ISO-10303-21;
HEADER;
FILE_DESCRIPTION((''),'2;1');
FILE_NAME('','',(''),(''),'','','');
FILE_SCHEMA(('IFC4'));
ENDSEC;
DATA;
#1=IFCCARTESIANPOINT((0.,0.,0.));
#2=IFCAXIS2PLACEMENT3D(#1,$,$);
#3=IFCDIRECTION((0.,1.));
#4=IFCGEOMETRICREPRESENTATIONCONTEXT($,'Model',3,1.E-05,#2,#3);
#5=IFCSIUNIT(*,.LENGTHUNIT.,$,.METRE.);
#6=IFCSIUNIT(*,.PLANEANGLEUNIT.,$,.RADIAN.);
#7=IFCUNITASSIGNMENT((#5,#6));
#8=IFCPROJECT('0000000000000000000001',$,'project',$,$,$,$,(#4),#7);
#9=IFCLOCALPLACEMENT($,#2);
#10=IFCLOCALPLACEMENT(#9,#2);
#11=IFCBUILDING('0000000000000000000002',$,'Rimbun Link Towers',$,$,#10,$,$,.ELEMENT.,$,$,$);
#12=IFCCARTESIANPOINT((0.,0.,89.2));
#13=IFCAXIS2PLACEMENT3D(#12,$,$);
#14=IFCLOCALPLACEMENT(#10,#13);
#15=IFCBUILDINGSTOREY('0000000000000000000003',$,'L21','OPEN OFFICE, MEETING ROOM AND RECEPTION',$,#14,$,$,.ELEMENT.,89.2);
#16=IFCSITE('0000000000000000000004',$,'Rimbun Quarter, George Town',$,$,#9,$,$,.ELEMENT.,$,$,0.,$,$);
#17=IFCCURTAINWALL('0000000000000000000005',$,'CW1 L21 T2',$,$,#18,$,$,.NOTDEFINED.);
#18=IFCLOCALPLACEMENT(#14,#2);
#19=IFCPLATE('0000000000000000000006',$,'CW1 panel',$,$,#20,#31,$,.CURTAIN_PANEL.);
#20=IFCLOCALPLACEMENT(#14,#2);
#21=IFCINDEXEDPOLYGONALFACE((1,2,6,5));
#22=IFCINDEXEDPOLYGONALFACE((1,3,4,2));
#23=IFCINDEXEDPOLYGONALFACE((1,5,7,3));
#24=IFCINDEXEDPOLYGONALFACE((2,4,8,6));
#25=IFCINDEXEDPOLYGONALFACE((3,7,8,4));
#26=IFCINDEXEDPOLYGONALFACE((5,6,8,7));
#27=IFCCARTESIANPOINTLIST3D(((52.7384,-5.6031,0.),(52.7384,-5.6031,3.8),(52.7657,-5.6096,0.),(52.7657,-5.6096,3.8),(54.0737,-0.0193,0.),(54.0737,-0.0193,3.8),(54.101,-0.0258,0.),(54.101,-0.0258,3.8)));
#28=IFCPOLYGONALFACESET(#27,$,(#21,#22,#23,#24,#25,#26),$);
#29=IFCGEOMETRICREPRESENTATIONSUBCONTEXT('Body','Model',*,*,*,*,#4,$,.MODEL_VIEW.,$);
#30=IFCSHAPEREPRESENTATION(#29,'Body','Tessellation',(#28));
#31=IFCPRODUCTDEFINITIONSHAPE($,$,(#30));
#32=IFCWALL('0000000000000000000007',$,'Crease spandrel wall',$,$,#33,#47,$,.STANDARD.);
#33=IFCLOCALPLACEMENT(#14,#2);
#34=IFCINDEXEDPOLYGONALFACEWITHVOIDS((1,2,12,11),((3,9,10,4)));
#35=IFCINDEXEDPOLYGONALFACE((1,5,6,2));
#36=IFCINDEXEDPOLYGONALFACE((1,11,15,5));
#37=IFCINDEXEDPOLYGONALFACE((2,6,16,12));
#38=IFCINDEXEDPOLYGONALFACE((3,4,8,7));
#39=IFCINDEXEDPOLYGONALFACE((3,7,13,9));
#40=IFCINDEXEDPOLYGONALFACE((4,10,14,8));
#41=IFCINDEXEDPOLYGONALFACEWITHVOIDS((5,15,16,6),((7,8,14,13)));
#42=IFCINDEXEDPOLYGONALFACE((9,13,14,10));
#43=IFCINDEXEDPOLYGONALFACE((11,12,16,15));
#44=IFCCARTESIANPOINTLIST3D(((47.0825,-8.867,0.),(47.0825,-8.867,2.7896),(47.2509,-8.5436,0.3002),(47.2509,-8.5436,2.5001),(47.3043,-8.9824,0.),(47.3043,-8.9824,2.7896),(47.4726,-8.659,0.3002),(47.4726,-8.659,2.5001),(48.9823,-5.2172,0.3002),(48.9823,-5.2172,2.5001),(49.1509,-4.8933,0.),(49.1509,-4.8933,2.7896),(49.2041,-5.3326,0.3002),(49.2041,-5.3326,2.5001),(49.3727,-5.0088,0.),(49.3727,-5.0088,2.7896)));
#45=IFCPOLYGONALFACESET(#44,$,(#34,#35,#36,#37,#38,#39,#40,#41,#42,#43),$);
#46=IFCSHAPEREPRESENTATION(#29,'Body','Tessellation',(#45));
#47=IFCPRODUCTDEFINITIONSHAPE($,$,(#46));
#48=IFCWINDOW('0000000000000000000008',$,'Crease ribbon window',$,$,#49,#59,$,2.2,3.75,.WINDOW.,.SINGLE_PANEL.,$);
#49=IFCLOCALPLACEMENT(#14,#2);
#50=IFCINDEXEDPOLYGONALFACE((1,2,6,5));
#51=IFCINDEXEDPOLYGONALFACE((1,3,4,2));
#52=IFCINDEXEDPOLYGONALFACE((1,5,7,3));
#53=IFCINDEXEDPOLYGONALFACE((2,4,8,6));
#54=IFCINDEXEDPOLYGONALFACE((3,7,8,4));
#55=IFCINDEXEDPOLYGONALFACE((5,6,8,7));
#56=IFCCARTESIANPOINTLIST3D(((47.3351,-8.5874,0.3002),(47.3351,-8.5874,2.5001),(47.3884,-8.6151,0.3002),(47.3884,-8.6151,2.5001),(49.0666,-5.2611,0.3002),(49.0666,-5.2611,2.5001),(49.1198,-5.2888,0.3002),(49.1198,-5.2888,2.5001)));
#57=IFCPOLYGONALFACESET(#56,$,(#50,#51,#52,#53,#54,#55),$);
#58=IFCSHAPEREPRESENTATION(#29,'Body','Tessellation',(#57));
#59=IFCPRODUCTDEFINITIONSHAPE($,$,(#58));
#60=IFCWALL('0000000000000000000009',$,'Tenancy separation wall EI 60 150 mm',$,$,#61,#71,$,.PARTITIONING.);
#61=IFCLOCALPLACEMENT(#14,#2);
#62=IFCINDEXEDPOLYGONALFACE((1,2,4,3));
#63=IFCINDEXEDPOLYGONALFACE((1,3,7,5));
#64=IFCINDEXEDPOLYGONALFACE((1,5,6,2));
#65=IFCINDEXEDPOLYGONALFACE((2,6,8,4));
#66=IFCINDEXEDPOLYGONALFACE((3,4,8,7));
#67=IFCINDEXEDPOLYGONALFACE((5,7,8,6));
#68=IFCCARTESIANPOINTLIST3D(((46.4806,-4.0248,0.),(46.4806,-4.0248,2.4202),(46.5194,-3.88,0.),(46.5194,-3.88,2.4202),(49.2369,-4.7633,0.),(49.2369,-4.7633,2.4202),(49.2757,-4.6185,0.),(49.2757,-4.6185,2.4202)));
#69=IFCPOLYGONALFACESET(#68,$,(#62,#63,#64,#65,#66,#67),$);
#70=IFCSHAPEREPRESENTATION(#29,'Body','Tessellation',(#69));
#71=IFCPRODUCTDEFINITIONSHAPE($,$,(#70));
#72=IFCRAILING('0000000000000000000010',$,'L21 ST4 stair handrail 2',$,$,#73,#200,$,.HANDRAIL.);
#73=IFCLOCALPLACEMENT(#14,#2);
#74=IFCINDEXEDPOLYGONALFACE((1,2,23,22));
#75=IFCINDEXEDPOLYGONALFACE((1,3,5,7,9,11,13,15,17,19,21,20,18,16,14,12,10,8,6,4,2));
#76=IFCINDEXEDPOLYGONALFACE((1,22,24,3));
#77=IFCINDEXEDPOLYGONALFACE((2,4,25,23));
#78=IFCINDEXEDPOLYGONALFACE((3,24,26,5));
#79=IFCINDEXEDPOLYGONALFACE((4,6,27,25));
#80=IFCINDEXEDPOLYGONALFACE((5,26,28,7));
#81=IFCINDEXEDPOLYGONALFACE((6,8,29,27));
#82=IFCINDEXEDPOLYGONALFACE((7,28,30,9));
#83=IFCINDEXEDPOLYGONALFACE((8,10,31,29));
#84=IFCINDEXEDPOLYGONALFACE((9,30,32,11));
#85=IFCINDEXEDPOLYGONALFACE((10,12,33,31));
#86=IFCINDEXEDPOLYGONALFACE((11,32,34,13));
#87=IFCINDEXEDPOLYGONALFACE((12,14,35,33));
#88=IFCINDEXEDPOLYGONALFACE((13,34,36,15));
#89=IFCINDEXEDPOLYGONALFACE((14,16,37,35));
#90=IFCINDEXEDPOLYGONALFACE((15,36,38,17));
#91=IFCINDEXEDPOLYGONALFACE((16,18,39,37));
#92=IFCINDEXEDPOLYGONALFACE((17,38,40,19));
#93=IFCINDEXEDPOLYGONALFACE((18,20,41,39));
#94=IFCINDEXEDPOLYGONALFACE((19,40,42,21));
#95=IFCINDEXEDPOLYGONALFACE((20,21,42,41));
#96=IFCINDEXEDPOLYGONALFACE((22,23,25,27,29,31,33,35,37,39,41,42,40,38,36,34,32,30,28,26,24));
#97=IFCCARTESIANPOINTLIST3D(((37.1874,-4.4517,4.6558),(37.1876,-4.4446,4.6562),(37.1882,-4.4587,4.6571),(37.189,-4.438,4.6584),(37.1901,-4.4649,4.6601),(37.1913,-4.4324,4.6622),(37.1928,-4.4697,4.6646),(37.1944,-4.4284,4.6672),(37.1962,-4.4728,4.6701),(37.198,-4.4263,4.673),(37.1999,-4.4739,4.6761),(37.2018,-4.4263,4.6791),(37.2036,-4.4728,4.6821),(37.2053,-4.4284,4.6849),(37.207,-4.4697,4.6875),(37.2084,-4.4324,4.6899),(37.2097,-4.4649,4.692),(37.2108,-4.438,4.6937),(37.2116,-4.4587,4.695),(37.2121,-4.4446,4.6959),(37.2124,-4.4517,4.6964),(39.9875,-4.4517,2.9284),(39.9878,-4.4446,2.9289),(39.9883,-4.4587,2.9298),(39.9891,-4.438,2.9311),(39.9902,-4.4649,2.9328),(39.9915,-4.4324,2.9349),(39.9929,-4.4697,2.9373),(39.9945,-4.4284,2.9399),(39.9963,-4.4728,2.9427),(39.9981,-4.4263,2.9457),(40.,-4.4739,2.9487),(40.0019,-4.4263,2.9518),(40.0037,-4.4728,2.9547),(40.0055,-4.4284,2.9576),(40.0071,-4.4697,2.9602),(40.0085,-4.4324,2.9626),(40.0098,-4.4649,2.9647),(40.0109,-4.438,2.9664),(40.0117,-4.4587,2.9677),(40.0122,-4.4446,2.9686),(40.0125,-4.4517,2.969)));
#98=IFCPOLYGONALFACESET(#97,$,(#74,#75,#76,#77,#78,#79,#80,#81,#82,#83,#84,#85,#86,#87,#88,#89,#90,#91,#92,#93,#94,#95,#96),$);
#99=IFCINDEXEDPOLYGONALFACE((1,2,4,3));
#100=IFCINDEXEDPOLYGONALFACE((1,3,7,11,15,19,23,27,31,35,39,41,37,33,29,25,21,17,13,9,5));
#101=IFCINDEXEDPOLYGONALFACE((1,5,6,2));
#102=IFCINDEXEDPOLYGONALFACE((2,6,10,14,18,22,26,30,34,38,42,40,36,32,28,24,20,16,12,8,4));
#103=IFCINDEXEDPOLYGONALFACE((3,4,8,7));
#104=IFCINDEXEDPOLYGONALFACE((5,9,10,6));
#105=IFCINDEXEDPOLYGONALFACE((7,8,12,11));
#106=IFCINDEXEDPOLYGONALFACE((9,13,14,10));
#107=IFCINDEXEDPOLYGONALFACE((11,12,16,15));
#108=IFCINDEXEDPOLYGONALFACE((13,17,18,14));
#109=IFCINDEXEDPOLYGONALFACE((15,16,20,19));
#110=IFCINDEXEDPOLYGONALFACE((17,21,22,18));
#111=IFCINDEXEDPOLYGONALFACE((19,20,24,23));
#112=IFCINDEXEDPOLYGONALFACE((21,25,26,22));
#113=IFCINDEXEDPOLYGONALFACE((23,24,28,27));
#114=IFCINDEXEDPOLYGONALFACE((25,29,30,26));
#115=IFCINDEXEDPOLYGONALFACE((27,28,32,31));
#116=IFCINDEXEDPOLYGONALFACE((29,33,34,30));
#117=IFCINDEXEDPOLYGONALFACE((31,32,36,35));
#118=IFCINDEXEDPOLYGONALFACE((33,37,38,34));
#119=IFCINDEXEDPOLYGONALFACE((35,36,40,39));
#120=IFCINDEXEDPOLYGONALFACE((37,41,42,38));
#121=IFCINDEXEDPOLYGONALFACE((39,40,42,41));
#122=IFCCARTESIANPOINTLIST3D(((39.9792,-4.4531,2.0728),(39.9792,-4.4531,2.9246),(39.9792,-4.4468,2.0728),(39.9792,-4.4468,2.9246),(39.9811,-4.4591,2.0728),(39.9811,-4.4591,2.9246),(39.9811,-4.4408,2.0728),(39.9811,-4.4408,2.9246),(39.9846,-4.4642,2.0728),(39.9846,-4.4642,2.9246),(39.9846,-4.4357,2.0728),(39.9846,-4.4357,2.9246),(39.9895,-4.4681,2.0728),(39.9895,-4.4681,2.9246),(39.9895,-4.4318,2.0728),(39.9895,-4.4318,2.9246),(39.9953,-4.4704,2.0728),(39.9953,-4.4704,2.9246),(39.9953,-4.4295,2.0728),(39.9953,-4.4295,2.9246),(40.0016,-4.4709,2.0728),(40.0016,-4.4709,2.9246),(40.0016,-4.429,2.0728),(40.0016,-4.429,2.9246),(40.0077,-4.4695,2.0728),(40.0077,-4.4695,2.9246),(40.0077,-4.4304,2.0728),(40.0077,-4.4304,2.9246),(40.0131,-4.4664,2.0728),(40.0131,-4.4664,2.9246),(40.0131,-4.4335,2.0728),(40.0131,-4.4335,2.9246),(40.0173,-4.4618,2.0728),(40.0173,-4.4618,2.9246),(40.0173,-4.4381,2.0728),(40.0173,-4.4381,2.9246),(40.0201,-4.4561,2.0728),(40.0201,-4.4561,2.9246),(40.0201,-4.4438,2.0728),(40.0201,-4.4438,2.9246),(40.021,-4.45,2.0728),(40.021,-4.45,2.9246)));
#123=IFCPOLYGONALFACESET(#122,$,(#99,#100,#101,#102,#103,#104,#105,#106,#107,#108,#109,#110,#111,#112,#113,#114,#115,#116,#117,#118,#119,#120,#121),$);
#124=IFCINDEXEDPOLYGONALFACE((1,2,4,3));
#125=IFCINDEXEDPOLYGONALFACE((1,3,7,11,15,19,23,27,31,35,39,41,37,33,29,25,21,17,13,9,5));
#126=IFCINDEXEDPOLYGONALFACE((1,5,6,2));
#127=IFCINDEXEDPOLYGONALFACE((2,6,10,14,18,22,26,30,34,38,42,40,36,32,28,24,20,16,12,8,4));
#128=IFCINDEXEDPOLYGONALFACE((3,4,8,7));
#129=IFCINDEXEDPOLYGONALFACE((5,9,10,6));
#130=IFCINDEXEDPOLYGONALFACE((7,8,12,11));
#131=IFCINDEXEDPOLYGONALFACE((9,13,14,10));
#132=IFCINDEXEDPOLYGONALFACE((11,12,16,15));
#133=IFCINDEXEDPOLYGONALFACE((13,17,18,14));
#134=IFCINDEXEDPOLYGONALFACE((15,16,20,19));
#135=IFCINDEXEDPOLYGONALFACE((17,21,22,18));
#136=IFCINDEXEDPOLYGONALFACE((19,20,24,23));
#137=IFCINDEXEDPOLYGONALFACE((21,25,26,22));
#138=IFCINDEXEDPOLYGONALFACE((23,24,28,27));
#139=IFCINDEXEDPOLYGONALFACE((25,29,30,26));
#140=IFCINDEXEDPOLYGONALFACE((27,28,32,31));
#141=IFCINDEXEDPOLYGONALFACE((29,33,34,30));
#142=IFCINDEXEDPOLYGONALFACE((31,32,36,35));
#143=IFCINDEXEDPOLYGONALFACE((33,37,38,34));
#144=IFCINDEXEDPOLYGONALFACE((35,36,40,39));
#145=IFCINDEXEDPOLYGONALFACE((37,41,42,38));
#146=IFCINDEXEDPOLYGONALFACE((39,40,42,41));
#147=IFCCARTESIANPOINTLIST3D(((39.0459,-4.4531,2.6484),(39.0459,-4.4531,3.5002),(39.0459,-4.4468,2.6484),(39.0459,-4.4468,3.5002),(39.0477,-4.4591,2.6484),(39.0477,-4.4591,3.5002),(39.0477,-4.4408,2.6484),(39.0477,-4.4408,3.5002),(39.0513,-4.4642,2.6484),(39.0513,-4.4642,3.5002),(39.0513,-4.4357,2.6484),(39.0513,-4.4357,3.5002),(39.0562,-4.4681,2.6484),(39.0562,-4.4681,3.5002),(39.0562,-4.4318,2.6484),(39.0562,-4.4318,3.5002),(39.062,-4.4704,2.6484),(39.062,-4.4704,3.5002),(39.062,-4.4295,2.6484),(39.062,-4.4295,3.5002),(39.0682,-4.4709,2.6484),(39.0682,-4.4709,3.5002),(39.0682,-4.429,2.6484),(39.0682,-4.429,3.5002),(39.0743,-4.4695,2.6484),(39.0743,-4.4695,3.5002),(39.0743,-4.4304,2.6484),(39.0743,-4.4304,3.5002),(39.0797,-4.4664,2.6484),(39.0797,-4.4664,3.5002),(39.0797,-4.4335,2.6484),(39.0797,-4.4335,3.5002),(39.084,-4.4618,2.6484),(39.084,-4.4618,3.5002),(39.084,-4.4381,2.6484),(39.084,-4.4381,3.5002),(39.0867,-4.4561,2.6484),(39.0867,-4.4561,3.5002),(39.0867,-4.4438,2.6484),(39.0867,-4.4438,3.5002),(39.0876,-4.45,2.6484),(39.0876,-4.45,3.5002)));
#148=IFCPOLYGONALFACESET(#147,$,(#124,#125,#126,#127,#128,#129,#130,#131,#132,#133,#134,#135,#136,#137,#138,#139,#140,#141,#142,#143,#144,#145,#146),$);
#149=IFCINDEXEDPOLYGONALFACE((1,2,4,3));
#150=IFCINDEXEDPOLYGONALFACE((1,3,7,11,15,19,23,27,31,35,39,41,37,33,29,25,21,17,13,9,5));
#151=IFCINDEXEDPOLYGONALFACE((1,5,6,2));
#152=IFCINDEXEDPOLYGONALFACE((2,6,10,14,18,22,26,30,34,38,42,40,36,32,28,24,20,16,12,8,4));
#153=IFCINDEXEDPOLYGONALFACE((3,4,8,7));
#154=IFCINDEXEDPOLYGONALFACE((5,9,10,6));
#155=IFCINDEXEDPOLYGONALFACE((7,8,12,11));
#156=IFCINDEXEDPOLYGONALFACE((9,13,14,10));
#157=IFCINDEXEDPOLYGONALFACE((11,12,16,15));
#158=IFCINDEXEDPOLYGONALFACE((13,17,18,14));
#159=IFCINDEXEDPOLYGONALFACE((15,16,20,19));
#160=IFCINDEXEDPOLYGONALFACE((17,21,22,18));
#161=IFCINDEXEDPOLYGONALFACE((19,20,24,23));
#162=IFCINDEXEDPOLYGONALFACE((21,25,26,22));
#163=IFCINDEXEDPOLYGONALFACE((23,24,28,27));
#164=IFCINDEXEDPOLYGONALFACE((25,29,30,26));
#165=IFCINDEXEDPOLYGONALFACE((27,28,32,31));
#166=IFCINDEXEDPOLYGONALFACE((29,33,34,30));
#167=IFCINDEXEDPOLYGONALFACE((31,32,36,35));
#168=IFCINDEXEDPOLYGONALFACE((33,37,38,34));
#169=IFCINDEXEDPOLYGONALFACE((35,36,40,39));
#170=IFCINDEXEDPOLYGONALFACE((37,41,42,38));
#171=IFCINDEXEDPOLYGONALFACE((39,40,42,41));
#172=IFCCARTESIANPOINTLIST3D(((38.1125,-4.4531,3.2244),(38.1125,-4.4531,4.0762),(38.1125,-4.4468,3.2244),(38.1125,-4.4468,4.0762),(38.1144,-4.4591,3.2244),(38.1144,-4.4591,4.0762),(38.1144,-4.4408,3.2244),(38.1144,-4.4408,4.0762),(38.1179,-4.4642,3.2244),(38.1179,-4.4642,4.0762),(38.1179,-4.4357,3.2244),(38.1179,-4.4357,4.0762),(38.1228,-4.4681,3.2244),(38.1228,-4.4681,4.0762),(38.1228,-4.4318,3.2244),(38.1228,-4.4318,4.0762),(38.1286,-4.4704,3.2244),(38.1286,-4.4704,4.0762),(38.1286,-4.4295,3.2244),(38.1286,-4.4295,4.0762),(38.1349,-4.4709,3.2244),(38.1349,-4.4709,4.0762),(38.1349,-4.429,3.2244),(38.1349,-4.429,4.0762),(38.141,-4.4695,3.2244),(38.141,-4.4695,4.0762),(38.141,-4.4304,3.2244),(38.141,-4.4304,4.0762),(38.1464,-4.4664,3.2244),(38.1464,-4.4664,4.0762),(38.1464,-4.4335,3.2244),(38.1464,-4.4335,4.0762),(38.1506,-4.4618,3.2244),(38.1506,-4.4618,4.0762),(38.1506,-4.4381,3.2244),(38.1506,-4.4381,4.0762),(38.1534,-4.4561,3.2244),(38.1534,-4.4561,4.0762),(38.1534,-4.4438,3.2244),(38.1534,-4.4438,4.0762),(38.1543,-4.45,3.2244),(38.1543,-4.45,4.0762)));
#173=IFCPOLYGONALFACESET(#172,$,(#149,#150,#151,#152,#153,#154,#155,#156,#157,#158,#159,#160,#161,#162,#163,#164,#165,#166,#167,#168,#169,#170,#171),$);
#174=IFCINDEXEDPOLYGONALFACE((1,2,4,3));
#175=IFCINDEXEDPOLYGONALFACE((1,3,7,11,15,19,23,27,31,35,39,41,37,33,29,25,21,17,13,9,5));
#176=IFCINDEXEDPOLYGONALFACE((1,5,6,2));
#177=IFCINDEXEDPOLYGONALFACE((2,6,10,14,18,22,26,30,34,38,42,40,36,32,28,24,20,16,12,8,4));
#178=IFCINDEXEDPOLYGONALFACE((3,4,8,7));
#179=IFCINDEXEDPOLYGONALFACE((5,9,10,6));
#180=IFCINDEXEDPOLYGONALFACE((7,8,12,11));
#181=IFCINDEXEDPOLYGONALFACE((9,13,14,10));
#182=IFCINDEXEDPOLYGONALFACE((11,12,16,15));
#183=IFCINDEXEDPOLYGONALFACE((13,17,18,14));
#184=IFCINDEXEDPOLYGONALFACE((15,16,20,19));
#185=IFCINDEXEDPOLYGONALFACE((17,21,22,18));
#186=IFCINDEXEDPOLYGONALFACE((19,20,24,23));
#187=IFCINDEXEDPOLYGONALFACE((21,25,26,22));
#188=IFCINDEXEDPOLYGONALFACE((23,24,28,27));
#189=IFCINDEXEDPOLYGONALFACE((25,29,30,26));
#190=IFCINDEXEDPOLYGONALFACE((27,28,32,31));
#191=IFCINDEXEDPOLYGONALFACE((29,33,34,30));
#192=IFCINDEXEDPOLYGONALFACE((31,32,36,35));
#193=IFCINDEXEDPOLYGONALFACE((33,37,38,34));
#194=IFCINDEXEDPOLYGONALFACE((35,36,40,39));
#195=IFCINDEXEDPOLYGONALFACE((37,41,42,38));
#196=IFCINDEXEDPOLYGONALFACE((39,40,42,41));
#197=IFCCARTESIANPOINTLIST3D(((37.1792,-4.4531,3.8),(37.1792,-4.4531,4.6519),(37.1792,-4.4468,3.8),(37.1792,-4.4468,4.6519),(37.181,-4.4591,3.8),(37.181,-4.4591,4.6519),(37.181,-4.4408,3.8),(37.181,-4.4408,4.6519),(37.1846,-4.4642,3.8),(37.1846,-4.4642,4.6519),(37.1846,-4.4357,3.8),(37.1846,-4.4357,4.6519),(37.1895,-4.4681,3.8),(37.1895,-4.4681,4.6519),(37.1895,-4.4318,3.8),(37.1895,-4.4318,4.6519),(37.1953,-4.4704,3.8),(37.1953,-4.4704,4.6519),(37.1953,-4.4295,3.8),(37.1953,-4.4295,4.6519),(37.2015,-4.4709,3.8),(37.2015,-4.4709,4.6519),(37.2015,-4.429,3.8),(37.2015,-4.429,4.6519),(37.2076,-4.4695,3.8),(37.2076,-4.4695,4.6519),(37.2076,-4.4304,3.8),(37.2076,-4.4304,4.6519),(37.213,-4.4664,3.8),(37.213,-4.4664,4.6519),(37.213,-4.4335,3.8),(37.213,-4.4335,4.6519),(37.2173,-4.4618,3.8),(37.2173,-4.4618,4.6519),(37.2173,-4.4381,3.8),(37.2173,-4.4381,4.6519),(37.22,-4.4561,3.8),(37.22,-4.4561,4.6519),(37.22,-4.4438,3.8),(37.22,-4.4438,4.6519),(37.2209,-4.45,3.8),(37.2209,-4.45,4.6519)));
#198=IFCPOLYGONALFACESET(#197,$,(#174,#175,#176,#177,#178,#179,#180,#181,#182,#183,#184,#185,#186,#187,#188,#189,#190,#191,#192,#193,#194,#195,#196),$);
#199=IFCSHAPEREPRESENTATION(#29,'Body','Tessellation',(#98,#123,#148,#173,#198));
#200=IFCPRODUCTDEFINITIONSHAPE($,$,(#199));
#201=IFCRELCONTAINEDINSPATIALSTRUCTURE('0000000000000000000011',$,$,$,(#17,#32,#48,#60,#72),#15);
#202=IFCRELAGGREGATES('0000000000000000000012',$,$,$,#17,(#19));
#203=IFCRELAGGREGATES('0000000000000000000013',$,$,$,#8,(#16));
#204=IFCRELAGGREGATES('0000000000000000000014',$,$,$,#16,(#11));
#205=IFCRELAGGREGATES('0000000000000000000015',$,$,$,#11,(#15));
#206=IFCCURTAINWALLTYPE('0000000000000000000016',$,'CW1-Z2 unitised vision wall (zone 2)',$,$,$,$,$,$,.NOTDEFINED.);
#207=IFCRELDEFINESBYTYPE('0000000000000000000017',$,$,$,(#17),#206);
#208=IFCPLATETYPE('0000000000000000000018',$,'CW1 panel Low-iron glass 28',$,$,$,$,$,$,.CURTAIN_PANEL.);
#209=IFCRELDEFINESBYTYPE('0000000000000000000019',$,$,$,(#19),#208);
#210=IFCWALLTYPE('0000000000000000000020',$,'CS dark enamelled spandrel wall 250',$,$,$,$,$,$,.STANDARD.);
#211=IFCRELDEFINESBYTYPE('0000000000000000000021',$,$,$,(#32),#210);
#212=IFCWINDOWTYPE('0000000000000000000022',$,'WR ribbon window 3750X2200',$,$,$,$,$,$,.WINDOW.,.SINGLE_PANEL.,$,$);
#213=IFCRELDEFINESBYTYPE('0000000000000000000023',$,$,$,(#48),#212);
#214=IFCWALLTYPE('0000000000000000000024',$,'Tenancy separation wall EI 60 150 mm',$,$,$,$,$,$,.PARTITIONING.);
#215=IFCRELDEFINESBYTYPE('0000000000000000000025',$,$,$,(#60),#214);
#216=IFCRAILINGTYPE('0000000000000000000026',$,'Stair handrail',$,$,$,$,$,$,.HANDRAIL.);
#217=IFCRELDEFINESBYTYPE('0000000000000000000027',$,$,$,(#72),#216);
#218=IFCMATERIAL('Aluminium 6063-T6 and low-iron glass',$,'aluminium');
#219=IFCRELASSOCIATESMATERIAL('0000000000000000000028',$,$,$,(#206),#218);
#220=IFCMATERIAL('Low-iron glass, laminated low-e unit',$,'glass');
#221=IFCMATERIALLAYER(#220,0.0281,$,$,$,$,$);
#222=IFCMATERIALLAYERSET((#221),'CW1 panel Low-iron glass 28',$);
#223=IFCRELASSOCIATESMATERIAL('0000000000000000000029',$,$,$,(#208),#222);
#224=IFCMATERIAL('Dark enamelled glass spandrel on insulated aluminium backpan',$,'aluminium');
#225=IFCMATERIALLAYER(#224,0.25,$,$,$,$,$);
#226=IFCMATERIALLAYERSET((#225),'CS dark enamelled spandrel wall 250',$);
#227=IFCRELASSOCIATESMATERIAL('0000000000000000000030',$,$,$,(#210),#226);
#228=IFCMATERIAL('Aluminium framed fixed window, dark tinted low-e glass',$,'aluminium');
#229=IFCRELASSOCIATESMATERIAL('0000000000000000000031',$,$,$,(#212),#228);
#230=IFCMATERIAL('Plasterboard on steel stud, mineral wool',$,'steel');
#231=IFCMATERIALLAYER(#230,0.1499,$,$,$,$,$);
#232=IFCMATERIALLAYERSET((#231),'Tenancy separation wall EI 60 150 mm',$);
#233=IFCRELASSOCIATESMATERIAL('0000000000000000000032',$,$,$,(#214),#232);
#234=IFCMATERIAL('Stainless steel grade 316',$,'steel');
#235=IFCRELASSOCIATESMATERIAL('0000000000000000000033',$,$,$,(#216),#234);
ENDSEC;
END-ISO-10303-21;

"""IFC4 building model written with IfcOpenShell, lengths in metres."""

from ifc_helpers import new_model, si_unit, direction, frame, frame_2d, origin, origin_2d, place, context, subcontext, project, spatial, rectangle, circle, extrude, material, layer, layer_set, type_object, element, fill, aggregate, save


model = new_model("IFC4")

# Units and contexts
model_context = context("Model", 3, precision=1e-05, world=origin(), true_north=direction((0.0, 1.0)))
body_context = subcontext(model_context, "Body", "Model", "MODEL_VIEW")
ifc_project = project(units=[si_unit("LENGTHUNIT", "METRE"), si_unit("PLANEANGLEUNIT", "RADIAN")], contexts=[model_context])

# Site, building, storey
site_placement = place(None, origin())
site = spatial("IfcSite", under=ifc_project, at=site_placement, Name="Rimbun Quarter, George Town", CompositionType="ELEMENT", RefElevation=0.0)
building_placement = place(site_placement, origin())
building = spatial("IfcBuilding", under=site, at=building_placement, Name="Rimbun Link Towers", CompositionType="ELEMENT")
storey_placement = place(building_placement, frame((0.0, 0.0, 89.2)))
storey = spatial("IfcBuildingStorey", under=building, at=storey_placement, Name="L21", Description="OPEN OFFICE, MEETING ROOM AND RECEPTION", CompositionType="ELEMENT", Elevation=89.2)

# Curtain wall
ifc_material_1 = material(Name="Aluminium 6063-T6 and low-iron glass", Category="aluminium")
curtain_wall_type = type_object("IfcCurtainWallType", Name="CW1-Z2 unitised vision wall (zone 2)", PredefinedType="NOTDEFINED", material=ifc_material_1)
curtain_wall_placement = place(storey_placement, origin())
curtain_wall = element("IfcCurtainWall", 1, at=curtain_wall_placement, inside=storey, type_object=curtain_wall_type, Name="CW1 L21 T2", PredefinedType="NOTDEFINED")

# Plate
ifc_material_2 = material(Name="Low-iron glass, laminated low-e unit", Category="glass")
ifc_layer_1 = layer(ifc_material_2, 0.0281)
ifc_layer_set_1 = layer_set([ifc_layer_1], Name="CW1 panel Low-iron glass 28")
plate_type = type_object("IfcPlateType", Name="CW1 panel Low-iron glass 28", PredefinedType="CURTAIN_PANEL", material=ifc_layer_set_1)
plate_placement = place(storey_placement, frame((53.4197, -2.8145, 0.0), z_axis=(0.0, 0.0, 1.0), x_axis=(-0.232584, -0.972576, 0.0)))
plate = element("IfcPlate", 2, at=plate_placement, type_object=plate_type, Name="CW1 panel", PredefinedType="CURTAIN_PANEL", context=body_context, shape_type="SweptSolid", body=[
    extrude(rectangle(XDim=5.7412, YDim=0.0281, at=origin_2d()), origin(), (0.0, 0.0, 1.0), 3.8),
])
aggregate(curtain_wall, [plate])

# Wall, opening, window
ifc_material_3 = material(Name="Dark enamelled glass spandrel on insulated aluminium backpan", Category="aluminium")
ifc_layer_2 = layer(ifc_material_3, 0.25)
ifc_layer_set_2 = layer_set([ifc_layer_2], Name="CS dark enamelled spandrel wall 250")
wall_type_1 = type_object("IfcWallType", Name="CS dark enamelled spandrel wall 250", PredefinedType="STANDARD", material=ifc_layer_set_2)
wall_1_placement = place(storey_placement, frame((49.2617, -4.9512, 0.0), z_axis=(0.0, 0.0, 1.0), x_axis=(-0.461716, -0.887028, 0.0)))
wall_1 = element("IfcWall", 3, at=wall_1_placement, inside=storey, type_object=wall_type_1, Name="Crease spandrel wall", PredefinedType="STANDARD", context=body_context, shape_type="SweptSolid", body=[
    extrude(rectangle(XDim=4.4797, YDim=0.25, at=frame_2d((2.2397, 0.0))), origin(), (0.0, 0.0, 1.0), 2.7896),
])
opening_placement = place(wall_1_placement, frame((0.365, 0.0, 0.3)))
opening = element("IfcOpeningElement", 4, at=opening_placement, cuts=wall_1, PredefinedType="OPENING", context=body_context, shape_type="SweptSolid", body=[
    extrude(rectangle(XDim=3.75, YDim=2.2, at=frame_2d((1.875, 1.1001))), frame((0.0, 0.135, 0.0), z_axis=(0.0, -1.0, 0.0), x_axis=(1.0, 0.0, 0.0)), (0.0, 0.0, 1.0), 0.27),
])
ifc_material_4 = material(Name="Aluminium framed fixed window, dark tinted low-e glass", Category="aluminium")
window_type = type_object("IfcWindowType", Name="WR ribbon window 3750X2200", PartitioningType="SINGLE_PANEL", PredefinedType="WINDOW", material=ifc_material_4)
window_placement = place(opening_placement, origin())
window = element("IfcWindow", 5, at=window_placement, inside=storey, type_object=window_type, Name="Crease ribbon window", OverallHeight=2.2, OverallWidth=3.75, PartitioningType="SINGLE_PANEL", PredefinedType="WINDOW", context=body_context, shape_type="SweptSolid", body=[
    extrude(rectangle(XDim=3.75, YDim=2.2, at=frame_2d((1.875, 1.1001))), frame((0.0, 0.03, 0.0), z_axis=(0.0, -1.0, 0.0), x_axis=(1.0, 0.0, 0.0)), (0.0, 0.0, 1.0), 0.0601),
])
fill(opening, window)

# Wall
ifc_material_5 = material(Name="Plasterboard on steel stud, mineral wool", Category="steel")
ifc_layer_3 = layer(ifc_material_5, 0.1499)
ifc_layer_set_3 = layer_set([ifc_layer_3], Name="Tenancy separation wall EI 60 150 mm")
wall_type_2 = type_object("IfcWallType", Name="Tenancy separation wall EI 60 150 mm", PredefinedType="PARTITIONING", material=ifc_layer_set_3)
wall_2_placement = place(storey_placement, frame((46.5, -3.9524, 0.0), z_axis=(0.0, 0.0, 1.0), x_axis=(0.965929, -0.258807, 0.0)))
element("IfcWall", 6, at=wall_2_placement, inside=storey, type_object=wall_type_2, Name="Tenancy separation wall EI 60 150 mm", PredefinedType="PARTITIONING", context=body_context, shape_type="SweptSolid", body=[
    extrude(rectangle(XDim=2.8535, YDim=0.1499, at=frame_2d((1.4268, 0.0))), origin(), (0.0, 0.0, 1.0), 2.4202),
])

# Railing
ifc_material_6 = material(Name="Stainless steel grade 316", Category="steel")
railing_type = type_object("IfcRailingType", Name="Stair handrail", PredefinedType="HANDRAIL", material=ifc_material_6)
railing_placement = place(storey_placement, frame((40.0, -4.45, 2.0728)))
element("IfcRailing", 7, at=railing_placement, inside=storey, type_object=railing_type, Name="L21 ST4 stair handrail 2", PredefinedType="HANDRAIL", context=body_context, shape_type="SweptSolid", body=[
    extrude(circle(Radius=0.0239, at=origin_2d()), frame((0.0, 0.0, 0.876), z_axis=(-0.85109, 0.0, 0.52502), x_axis=(0.0, -1.0, 0.0)), (0.0, 0.0, 1.0), 3.29),
    extrude(circle(Radius=0.021, at=origin_2d()), origin(), (0.0, 0.0, 1.0), 0.8518),
    extrude(circle(Radius=0.021, at=origin_2d()), frame((-0.9333, 0.0, 0.5757)), (0.0, 0.0, 1.0), 0.8518),
    extrude(circle(Radius=0.021, at=origin_2d()), frame((-1.8667, 0.0, 1.1516)), (0.0, 0.0, 1.0), 0.8518),
    extrude(circle(Radius=0.021, at=origin_2d()), frame((-2.8, 0.0, 1.7273)), (0.0, 0.0, 1.0), 0.8518),
])

save(model, "model.ifc")
